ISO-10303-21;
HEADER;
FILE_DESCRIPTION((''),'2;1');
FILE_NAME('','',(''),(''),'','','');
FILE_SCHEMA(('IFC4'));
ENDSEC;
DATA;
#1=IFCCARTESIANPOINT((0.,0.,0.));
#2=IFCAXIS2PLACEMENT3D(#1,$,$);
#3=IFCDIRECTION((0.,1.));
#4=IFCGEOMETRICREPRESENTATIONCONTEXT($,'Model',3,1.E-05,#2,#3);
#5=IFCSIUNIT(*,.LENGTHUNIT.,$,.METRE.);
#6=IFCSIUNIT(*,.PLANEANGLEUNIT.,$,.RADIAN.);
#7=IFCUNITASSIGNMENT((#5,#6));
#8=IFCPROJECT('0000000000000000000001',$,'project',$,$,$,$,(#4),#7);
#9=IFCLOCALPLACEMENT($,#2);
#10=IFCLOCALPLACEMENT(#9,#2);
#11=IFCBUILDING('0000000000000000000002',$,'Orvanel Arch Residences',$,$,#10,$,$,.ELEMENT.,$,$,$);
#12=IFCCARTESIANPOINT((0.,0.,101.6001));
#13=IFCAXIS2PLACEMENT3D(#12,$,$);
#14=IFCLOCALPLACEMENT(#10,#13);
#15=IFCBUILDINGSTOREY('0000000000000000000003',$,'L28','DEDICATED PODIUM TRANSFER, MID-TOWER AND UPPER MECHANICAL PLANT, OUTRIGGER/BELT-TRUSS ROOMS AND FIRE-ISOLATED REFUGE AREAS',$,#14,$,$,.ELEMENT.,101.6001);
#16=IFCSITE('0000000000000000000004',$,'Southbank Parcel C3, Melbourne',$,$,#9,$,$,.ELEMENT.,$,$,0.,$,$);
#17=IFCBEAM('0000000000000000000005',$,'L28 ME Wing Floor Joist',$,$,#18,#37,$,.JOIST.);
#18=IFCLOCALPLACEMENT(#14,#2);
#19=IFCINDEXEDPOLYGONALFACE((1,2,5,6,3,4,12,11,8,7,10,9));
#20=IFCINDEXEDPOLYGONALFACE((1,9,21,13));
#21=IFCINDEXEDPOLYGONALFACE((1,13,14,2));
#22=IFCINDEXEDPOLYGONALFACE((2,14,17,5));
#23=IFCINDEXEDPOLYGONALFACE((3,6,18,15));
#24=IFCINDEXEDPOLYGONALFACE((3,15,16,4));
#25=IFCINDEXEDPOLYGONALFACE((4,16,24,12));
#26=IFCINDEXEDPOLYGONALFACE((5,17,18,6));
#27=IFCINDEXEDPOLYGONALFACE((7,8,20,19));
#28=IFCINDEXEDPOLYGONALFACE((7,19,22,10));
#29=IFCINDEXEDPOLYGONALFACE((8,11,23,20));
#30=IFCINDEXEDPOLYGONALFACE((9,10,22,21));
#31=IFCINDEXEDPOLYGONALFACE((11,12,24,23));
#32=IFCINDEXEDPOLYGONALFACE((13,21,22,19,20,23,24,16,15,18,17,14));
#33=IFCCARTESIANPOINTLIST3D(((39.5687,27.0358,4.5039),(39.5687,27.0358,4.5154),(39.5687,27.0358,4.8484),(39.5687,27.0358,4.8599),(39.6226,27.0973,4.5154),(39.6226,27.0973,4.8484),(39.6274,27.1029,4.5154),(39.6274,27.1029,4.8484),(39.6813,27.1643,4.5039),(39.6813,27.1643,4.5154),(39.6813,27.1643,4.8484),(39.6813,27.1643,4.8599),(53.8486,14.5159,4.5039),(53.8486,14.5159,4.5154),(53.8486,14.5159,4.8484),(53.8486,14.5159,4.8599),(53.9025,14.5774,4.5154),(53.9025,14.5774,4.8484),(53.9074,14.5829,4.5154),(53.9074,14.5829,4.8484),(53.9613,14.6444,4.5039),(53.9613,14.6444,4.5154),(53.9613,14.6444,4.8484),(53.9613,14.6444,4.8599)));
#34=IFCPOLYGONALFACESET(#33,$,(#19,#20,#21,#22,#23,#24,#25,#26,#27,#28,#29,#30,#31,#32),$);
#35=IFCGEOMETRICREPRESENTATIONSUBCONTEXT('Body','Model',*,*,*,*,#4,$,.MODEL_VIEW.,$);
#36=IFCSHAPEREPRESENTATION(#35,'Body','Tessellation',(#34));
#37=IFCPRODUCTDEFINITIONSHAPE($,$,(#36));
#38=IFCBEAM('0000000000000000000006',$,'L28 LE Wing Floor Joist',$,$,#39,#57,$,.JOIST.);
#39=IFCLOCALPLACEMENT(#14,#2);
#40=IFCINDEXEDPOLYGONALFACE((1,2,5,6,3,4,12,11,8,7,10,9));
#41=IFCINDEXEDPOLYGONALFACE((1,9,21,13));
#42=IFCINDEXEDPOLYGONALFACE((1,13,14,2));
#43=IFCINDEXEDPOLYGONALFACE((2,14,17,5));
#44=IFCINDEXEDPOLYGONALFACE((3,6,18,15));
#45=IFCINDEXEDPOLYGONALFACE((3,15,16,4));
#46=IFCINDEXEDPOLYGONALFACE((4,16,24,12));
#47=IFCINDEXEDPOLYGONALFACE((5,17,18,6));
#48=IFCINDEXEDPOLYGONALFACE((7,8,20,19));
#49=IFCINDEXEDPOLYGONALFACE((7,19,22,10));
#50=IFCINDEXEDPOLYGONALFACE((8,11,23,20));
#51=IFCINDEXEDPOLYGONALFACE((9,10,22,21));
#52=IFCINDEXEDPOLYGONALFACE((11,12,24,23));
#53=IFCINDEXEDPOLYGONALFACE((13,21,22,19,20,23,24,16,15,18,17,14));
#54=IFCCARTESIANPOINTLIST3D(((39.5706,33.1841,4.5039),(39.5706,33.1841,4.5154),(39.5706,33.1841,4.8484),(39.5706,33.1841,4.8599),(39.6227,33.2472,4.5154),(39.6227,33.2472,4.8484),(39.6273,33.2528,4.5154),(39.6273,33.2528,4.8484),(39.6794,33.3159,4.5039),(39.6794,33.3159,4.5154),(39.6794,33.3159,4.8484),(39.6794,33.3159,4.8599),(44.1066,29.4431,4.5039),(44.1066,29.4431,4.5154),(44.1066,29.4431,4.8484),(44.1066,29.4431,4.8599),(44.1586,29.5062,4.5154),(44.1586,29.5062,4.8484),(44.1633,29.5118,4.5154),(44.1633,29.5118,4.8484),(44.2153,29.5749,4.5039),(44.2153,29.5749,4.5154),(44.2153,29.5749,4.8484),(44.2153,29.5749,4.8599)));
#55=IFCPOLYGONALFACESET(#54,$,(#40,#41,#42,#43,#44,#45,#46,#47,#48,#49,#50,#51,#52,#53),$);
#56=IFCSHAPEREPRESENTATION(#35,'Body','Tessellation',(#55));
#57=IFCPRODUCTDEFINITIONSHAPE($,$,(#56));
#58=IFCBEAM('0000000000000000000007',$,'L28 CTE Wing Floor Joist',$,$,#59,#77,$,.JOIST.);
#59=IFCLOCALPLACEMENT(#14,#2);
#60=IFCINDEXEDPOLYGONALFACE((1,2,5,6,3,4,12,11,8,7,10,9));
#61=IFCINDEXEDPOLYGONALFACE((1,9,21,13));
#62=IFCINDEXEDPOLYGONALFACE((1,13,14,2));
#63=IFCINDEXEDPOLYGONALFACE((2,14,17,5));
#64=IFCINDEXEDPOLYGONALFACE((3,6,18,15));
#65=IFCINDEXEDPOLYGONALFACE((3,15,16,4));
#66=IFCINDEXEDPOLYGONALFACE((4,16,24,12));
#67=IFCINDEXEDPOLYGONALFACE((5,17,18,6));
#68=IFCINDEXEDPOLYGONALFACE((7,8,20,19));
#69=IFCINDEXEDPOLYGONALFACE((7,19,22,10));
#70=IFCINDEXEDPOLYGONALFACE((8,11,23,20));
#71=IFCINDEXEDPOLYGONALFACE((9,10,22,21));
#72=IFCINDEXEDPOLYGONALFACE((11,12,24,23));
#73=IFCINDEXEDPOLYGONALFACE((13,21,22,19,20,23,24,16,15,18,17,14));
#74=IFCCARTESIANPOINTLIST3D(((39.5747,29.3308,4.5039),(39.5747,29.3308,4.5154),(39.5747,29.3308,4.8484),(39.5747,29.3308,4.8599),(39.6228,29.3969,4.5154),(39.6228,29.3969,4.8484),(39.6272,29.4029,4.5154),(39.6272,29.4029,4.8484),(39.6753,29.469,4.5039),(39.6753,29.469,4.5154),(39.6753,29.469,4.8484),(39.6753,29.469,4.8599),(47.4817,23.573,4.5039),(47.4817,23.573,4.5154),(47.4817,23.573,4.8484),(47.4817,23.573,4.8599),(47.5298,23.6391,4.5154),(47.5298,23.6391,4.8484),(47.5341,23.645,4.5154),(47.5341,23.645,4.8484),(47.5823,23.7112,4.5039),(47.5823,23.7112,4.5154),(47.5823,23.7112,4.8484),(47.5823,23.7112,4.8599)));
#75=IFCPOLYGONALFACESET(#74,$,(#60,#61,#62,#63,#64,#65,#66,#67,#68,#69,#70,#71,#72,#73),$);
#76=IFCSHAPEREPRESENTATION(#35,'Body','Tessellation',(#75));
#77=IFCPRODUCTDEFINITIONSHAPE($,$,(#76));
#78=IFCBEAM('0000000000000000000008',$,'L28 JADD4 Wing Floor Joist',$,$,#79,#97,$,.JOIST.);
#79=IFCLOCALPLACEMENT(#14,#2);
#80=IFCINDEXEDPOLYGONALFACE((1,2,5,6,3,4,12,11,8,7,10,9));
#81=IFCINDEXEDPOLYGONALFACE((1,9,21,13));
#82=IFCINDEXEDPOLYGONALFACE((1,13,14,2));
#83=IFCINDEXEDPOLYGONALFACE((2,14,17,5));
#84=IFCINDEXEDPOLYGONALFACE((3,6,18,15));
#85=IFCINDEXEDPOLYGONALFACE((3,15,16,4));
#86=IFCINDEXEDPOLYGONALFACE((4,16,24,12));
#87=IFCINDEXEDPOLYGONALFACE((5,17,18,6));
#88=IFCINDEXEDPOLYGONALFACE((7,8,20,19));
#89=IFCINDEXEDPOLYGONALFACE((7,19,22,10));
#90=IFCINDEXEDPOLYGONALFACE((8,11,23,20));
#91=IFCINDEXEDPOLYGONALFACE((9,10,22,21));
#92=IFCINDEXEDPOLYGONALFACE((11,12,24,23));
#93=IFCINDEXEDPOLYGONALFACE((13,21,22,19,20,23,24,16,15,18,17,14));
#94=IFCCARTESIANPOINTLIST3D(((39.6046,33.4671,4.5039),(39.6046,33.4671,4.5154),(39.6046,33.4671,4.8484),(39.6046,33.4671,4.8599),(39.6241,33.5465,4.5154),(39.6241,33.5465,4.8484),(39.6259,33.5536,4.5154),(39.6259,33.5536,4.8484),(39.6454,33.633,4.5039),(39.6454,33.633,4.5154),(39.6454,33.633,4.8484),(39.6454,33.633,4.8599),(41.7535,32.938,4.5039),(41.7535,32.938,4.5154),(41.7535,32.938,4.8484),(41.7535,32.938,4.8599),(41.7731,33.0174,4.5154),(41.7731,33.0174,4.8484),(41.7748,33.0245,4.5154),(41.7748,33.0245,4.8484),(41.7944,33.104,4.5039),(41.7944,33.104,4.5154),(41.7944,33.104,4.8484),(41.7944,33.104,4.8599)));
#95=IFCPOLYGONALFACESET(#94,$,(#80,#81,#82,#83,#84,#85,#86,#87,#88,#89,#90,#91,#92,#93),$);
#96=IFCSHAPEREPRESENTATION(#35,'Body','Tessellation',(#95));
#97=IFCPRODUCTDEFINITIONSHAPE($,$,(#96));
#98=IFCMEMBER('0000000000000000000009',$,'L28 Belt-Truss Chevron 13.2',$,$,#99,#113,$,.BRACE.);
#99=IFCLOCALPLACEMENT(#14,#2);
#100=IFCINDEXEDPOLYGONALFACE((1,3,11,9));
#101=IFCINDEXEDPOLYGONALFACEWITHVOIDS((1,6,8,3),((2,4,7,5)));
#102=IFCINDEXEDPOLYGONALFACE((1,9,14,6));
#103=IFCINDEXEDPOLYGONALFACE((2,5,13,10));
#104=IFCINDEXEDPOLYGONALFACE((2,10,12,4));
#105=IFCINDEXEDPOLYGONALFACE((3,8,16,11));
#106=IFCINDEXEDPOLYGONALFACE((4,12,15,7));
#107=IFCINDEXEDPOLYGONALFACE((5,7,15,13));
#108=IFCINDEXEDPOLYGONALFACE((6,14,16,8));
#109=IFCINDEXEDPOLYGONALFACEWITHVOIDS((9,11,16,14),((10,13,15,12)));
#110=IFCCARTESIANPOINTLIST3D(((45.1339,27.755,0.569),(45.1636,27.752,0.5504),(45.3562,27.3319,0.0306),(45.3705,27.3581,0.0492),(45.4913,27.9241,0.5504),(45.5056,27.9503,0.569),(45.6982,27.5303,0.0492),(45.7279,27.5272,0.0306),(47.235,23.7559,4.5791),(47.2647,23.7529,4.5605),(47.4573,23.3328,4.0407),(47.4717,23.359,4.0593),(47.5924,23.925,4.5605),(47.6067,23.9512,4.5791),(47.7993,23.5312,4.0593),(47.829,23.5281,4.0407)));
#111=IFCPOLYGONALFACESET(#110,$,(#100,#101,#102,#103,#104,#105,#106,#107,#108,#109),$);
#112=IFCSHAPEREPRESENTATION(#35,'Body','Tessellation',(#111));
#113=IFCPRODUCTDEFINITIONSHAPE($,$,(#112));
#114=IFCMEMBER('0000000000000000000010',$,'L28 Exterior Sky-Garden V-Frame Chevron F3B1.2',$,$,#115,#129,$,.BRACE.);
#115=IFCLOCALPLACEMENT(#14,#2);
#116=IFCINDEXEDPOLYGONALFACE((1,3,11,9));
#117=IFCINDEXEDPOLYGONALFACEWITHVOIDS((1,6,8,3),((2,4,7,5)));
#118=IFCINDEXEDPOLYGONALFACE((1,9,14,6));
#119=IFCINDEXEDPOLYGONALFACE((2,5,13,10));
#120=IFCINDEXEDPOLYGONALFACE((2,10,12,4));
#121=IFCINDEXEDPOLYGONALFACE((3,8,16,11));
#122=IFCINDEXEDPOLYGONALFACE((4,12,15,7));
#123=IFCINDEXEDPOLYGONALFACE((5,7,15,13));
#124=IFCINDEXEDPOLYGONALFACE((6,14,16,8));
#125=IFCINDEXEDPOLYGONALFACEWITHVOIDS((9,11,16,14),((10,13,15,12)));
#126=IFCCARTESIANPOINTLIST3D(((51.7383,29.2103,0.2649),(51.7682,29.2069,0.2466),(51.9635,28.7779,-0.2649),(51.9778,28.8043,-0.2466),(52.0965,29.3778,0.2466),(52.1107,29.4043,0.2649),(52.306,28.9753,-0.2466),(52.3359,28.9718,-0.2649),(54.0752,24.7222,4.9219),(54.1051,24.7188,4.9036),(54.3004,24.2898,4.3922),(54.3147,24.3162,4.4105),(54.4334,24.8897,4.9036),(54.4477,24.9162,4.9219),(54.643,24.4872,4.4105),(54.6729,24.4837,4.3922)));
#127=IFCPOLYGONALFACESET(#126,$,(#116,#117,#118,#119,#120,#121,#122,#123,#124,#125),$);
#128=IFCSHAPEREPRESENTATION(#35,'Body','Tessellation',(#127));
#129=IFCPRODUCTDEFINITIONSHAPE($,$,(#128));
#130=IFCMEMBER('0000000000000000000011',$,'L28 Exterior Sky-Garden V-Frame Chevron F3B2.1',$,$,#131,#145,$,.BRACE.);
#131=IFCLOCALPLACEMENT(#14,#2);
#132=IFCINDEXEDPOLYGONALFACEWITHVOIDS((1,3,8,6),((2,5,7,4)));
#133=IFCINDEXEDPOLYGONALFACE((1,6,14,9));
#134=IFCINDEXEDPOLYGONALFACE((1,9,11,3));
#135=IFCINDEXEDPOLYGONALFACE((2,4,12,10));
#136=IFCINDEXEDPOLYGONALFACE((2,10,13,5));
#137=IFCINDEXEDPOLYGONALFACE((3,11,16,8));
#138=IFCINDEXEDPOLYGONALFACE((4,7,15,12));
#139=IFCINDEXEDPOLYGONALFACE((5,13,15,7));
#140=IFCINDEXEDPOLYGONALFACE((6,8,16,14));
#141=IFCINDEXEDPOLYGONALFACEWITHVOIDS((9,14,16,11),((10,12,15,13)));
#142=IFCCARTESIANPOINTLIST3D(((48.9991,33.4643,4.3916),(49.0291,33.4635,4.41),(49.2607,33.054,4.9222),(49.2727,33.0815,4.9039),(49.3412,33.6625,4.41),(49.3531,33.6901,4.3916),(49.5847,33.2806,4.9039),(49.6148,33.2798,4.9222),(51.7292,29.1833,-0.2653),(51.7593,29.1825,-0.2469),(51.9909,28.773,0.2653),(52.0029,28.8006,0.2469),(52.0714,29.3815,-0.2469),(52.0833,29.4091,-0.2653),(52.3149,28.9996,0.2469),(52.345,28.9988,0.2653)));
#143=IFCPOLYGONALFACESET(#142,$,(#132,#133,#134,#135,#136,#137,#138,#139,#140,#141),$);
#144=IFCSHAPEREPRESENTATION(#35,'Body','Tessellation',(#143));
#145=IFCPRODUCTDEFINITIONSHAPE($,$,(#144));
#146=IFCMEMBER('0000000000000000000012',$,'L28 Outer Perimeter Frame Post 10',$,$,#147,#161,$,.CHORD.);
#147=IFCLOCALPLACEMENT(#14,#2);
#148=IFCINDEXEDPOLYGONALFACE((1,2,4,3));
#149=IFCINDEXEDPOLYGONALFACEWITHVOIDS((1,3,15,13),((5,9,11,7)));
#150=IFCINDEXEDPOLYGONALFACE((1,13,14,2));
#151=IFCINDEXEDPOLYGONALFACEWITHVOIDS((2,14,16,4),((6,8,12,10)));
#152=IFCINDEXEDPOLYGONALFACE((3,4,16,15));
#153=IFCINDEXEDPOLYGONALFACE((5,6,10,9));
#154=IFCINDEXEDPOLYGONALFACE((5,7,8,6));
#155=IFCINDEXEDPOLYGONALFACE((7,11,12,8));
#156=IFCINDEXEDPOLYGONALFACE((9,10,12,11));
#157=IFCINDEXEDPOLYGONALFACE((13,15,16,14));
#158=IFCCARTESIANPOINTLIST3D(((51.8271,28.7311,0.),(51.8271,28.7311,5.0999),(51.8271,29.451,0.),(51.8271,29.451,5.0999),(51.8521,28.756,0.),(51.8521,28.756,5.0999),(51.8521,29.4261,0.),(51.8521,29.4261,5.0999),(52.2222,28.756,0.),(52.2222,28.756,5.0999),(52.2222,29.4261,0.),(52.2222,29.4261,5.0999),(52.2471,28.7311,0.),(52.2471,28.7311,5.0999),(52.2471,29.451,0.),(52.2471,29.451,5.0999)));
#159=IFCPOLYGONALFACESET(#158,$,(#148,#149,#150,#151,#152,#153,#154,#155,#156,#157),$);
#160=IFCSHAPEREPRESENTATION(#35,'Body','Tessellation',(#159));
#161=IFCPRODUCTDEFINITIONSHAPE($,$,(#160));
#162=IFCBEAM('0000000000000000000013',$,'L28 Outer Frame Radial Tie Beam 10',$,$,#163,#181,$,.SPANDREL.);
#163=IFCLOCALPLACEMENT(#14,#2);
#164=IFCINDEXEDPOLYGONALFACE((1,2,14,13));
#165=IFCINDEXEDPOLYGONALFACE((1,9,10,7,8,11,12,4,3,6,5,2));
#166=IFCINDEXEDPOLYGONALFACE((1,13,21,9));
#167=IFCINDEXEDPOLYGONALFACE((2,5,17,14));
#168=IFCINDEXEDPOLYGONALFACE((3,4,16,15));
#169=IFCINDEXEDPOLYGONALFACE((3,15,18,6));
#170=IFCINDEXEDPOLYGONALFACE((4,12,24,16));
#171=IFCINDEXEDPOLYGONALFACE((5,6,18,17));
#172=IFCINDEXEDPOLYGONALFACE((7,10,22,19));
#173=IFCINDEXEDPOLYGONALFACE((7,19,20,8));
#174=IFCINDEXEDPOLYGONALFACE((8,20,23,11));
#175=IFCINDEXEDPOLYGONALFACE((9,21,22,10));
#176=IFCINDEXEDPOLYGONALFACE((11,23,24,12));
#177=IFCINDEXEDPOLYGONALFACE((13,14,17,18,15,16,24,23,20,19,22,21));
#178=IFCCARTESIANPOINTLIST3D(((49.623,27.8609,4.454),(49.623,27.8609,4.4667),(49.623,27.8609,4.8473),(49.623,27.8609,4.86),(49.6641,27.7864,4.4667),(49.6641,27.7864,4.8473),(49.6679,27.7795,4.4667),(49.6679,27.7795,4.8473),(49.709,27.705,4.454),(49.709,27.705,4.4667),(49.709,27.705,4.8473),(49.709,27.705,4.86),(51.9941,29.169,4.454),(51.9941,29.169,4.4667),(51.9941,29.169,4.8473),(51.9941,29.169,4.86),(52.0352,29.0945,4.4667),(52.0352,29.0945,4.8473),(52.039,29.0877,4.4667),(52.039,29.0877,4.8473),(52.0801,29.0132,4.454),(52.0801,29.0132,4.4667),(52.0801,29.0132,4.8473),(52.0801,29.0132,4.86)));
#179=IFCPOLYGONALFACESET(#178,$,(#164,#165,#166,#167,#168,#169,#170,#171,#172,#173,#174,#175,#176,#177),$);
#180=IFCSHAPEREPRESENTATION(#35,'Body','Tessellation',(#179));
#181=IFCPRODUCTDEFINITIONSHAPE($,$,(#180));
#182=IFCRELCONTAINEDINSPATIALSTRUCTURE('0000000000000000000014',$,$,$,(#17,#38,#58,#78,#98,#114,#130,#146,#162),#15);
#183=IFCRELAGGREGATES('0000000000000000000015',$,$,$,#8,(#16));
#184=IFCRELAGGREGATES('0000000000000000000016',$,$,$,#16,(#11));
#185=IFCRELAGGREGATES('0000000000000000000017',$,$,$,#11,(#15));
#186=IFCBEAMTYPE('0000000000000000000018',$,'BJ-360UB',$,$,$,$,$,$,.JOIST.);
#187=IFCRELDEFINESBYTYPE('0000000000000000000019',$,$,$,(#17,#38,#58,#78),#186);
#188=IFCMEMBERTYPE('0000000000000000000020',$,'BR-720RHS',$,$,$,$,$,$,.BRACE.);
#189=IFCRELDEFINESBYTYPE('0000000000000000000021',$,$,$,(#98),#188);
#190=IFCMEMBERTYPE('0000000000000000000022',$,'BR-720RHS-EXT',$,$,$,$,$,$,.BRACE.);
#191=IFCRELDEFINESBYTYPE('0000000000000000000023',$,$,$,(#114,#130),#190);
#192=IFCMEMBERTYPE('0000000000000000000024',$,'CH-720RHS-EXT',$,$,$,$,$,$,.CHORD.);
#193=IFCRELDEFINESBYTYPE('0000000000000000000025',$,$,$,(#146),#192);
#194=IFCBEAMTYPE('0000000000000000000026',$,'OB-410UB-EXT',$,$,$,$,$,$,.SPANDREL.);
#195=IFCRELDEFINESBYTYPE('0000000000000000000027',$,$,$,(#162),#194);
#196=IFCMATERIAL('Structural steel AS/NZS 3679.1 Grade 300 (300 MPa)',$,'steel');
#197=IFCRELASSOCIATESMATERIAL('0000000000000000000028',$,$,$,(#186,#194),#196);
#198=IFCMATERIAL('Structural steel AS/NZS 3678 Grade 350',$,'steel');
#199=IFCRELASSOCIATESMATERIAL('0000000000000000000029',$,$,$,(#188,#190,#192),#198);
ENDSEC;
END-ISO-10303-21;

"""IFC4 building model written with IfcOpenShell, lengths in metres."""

from ifc_helpers import new_model, si_unit, direction, frame, origin, origin_2d, place, context, subcontext, project, spatial, hollow_rectangle, i_section, extrude, material, material_profile, profile_set, type_object, element, save


model = new_model("IFC4")

# Units and contexts
model_context = context("Model", 3, precision=1e-05, world=origin(), true_north=direction((0.0, 1.0)))
body_context = subcontext(model_context, "Body", "Model", "MODEL_VIEW")
ifc_project = project(units=[si_unit("LENGTHUNIT", "METRE"), si_unit("PLANEANGLEUNIT", "RADIAN")], contexts=[model_context])

# Site, building, storey
site_placement = place(None, origin())
site = spatial("IfcSite", under=ifc_project, at=site_placement, Name="Southbank Parcel C3, Melbourne", CompositionType="ELEMENT", RefElevation=0.0)
building_placement = place(site_placement, origin())
building = spatial("IfcBuilding", under=site, at=building_placement, Name="Orvanel Arch Residences", CompositionType="ELEMENT")
storey_placement = place(building_placement, frame((0.0, 0.0, 101.6001)))
storey = spatial("IfcBuildingStorey", under=building, at=storey_placement, Name="L28", Description="DEDICATED PODIUM TRANSFER, MID-TOWER AND UPPER MECHANICAL PLANT, OUTRIGGER/BELT-TRUSS ROOMS AND FIRE-ISOLATED REFUGE AREAS", CompositionType="ELEMENT", Elevation=101.6001)

# Beams
ifc_material_1 = material(Name="Structural steel AS/NZS 3679.1 Grade 300 (300 MPa)", Category="steel")
ifc_material_profile_1 = material_profile(ifc_material_1, i_section(OverallWidth=0.1709, OverallDepth=0.356, WebThickness=0.0073, FlangeThickness=0.0115, at=origin_2d()), Name="360UB50.7")
ifc_profile_set_1 = profile_set([ifc_material_profile_1], Name="Structural steel AS/NZS 3679.1 Grade 300 (300 MPa)")
beam_type_1 = type_object("IfcBeamType", Name="BJ-360UB", PredefinedType="JOIST", material=ifc_profile_set_1)
beam_1_placement = place(storey_placement, frame((39.625, 27.1001, 4.6819), z_axis=(0.751924, -0.65925, 0.0), x_axis=(0.65925, 0.751924, 0.0)))
element("IfcBeam", 1, at=beam_1_placement, inside=storey, type_object=beam_type_1, Name="L28 ME Wing Floor Joist", PredefinedType="JOIST", context=body_context, shape_type="SweptSolid", body=[
    extrude(i_section(OverallWidth=0.1709, OverallDepth=0.356, WebThickness=0.0073, FlangeThickness=0.0115, at=origin_2d()), origin(), (0.0, 0.0, 1.0), 18.9912),
])
beam_2_placement = place(storey_placement, frame((39.625, 33.25, 4.6819), z_axis=(0.771469, -0.636267, 0.0), x_axis=(0.636267, 0.771469, 0.0)))
element("IfcBeam", 2, at=beam_2_placement, inside=storey, type_object=beam_type_1, Name="L28 LE Wing Floor Joist", PredefinedType="JOIST", context=body_context, shape_type="SweptSolid", body=[
    extrude(i_section(OverallWidth=0.1709, OverallDepth=0.356, WebThickness=0.0073, FlangeThickness=0.0115, at=origin_2d()), origin(), (0.0, 0.0, 1.0), 5.8796),
])
beam_3_placement = place(storey_placement, frame((39.625, 29.3999, 4.6819), z_axis=(0.808382, -0.588658, 0.0), x_axis=(0.588658, 0.808382, 0.0)))
element("IfcBeam", 3, at=beam_3_placement, inside=storey, type_object=beam_type_1, Name="L28 CTE Wing Floor Joist", PredefinedType="JOIST", context=body_context, shape_type="SweptSolid", body=[
    extrude(i_section(OverallWidth=0.1709, OverallDepth=0.356, WebThickness=0.0073, FlangeThickness=0.0115, at=origin_2d()), origin(), (0.0, 0.0, 1.0), 9.7812),
])
beam_4_placement = place(storey_placement, frame((39.625, 33.55, 4.6819), z_axis=(0.971006, -0.239056, 0.0), x_axis=(0.239056, 0.971006, 0.0)))
element("IfcBeam", 4, at=beam_4_placement, inside=storey, type_object=beam_type_1, Name="L28 JADD4 Wing Floor Joist", PredefinedType="JOIST", context=body_context, shape_type="SweptSolid", body=[
    extrude(i_section(OverallWidth=0.1709, OverallDepth=0.356, WebThickness=0.0073, FlangeThickness=0.0115, at=origin_2d()), origin(), (0.0, 0.0, 1.0), 2.2131),
])

# Members
ifc_material_2 = material(Name="Structural steel AS/NZS 3678 Grade 350", Category="steel")
ifc_material_profile_2 = material_profile(ifc_material_2, hollow_rectangle(XDim=0.4199, YDim=0.72, WallThickness=0.0249, at=origin_2d()), Name="RHS720x420x25")
ifc_profile_set_2 = profile_set([ifc_material_profile_2], Name="Structural steel AS/NZS 3678 Grade 350")
member_type_1 = type_object("IfcMemberType", Name="BR-720RHS", PredefinedType="BRACE", material=ifc_profile_set_2)
member_1_placement = place(storey_placement, frame((45.4309, 27.6411, 0.2998), z_axis=(0.347835, -0.662042, 0.663861), x_axis=(0.885253, 0.465109, 0.0)))
element("IfcMember", 5, at=member_1_placement, inside=storey, type_object=member_type_1, Name="L28 Belt-Truss Chevron 13.2", PredefinedType="BRACE", context=body_context, shape_type="SweptSolid", body=[
    extrude(hollow_rectangle(XDim=0.4199, YDim=0.72, WallThickness=0.0249, at=origin_2d()), origin(), (0.0, 0.0, 1.0), 6.0405),
])
ifc_material_profile_3 = material_profile(ifc_material_2, hollow_rectangle(XDim=0.4199, YDim=0.72, WallThickness=0.0249, at=origin_2d()), Name="RHS720x420x25")
ifc_profile_set_3 = profile_set([ifc_material_profile_3], Name="Structural steel AS/NZS 3678 Grade 350")
member_type_2 = type_object("IfcMemberType", Name="BR-720RHS-EXT", PredefinedType="BRACE", material=ifc_profile_set_3)
member_2_placement = place(storey_placement, frame((52.0371, 29.0911, 0.0), z_axis=(0.339823, -0.652629, 0.677197), x_axis=(0.886963, 0.46184, 0.0)))
element("IfcMember", 6, at=member_2_placement, inside=storey, type_object=member_type_2, Name="L28 Exterior Sky-Garden V-Frame Chevron F3B1.2", PredefinedType="BRACE", context=body_context, shape_type="SweptSolid", body=[
    extrude(hollow_rectangle(XDim=0.4199, YDim=0.72, WallThickness=0.0249, at=origin_2d()), origin(), (0.0, 0.0, 1.0), 6.877),
])
member_3_placement = place(storey_placement, frame((52.0371, 29.0911, 0.0), z_axis=(-0.396274, 0.621359, 0.675929), x_axis=(-0.84313, -0.537709, 0.0)))
element("IfcMember", 7, at=member_3_placement, inside=storey, type_object=member_type_2, Name="L28 Exterior Sky-Garden V-Frame Chevron F3B2.1", PredefinedType="BRACE", context=body_context, shape_type="SweptSolid", body=[
    extrude(hollow_rectangle(XDim=0.4199, YDim=0.72, WallThickness=0.0249, at=origin_2d()), origin(), (0.0, 0.0, 1.0), 6.8896),
])
ifc_material_profile_4 = material_profile(ifc_material_2, hollow_rectangle(XDim=0.4199, YDim=0.72, WallThickness=0.0249, at=origin_2d()), Name="RHS720x420x25")
ifc_profile_set_4 = profile_set([ifc_material_profile_4], Name="Structural steel AS/NZS 3678 Grade 350")
member_type_3 = type_object("IfcMemberType", Name="CH-720RHS-EXT", PredefinedType="CHORD", material=ifc_profile_set_4)
member_4_placement = place(storey_placement, frame((52.0371, 29.0911, 0.0), z_axis=(0.0, 0.0, 1.0), x_axis=(1.0, 0.0, 0.0)))
element("IfcMember", 8, at=member_4_placement, inside=storey, type_object=member_type_3, Name="L28 Outer Perimeter Frame Post 10", PredefinedType="CHORD", context=body_context, shape_type="SweptSolid", body=[
    extrude(hollow_rectangle(XDim=0.4199, YDim=0.72, WallThickness=0.0249, at=origin_2d()), origin(), (0.0, 0.0, 1.0), 5.0999),
])

# Beam
ifc_material_profile_5 = material_profile(ifc_material_1, i_section(OverallWidth=0.178, OverallDepth=0.406, WebThickness=0.0078, FlangeThickness=0.0127, at=origin_2d()), Name="410UB59.7")
ifc_profile_set_5 = profile_set([ifc_material_profile_5], Name="Structural steel AS/NZS 3679.1 Grade 300 (300 MPa)")
beam_type_2 = type_object("IfcBeamType", Name="OB-410UB-EXT", PredefinedType="SPANDREL", material=ifc_profile_set_5)
beam_5_placement = place(storey_placement, frame((49.666, 27.783, 4.657), z_axis=(0.875591, 0.483054, 0.0), x_axis=(-0.483054, 0.875591, 0.0)))
element("IfcBeam", 9, at=beam_5_placement, inside=storey, type_object=beam_type_2, Name="L28 Outer Frame Radial Tie Beam 10", PredefinedType="SPANDREL", context=body_context, shape_type="SweptSolid", body=[
    extrude(i_section(OverallWidth=0.178, OverallDepth=0.406, WebThickness=0.0078, FlangeThickness=0.0127, at=origin_2d()), origin(), (0.0, 0.0, 1.0), 2.708),
])

save(model, "model.ifc")
